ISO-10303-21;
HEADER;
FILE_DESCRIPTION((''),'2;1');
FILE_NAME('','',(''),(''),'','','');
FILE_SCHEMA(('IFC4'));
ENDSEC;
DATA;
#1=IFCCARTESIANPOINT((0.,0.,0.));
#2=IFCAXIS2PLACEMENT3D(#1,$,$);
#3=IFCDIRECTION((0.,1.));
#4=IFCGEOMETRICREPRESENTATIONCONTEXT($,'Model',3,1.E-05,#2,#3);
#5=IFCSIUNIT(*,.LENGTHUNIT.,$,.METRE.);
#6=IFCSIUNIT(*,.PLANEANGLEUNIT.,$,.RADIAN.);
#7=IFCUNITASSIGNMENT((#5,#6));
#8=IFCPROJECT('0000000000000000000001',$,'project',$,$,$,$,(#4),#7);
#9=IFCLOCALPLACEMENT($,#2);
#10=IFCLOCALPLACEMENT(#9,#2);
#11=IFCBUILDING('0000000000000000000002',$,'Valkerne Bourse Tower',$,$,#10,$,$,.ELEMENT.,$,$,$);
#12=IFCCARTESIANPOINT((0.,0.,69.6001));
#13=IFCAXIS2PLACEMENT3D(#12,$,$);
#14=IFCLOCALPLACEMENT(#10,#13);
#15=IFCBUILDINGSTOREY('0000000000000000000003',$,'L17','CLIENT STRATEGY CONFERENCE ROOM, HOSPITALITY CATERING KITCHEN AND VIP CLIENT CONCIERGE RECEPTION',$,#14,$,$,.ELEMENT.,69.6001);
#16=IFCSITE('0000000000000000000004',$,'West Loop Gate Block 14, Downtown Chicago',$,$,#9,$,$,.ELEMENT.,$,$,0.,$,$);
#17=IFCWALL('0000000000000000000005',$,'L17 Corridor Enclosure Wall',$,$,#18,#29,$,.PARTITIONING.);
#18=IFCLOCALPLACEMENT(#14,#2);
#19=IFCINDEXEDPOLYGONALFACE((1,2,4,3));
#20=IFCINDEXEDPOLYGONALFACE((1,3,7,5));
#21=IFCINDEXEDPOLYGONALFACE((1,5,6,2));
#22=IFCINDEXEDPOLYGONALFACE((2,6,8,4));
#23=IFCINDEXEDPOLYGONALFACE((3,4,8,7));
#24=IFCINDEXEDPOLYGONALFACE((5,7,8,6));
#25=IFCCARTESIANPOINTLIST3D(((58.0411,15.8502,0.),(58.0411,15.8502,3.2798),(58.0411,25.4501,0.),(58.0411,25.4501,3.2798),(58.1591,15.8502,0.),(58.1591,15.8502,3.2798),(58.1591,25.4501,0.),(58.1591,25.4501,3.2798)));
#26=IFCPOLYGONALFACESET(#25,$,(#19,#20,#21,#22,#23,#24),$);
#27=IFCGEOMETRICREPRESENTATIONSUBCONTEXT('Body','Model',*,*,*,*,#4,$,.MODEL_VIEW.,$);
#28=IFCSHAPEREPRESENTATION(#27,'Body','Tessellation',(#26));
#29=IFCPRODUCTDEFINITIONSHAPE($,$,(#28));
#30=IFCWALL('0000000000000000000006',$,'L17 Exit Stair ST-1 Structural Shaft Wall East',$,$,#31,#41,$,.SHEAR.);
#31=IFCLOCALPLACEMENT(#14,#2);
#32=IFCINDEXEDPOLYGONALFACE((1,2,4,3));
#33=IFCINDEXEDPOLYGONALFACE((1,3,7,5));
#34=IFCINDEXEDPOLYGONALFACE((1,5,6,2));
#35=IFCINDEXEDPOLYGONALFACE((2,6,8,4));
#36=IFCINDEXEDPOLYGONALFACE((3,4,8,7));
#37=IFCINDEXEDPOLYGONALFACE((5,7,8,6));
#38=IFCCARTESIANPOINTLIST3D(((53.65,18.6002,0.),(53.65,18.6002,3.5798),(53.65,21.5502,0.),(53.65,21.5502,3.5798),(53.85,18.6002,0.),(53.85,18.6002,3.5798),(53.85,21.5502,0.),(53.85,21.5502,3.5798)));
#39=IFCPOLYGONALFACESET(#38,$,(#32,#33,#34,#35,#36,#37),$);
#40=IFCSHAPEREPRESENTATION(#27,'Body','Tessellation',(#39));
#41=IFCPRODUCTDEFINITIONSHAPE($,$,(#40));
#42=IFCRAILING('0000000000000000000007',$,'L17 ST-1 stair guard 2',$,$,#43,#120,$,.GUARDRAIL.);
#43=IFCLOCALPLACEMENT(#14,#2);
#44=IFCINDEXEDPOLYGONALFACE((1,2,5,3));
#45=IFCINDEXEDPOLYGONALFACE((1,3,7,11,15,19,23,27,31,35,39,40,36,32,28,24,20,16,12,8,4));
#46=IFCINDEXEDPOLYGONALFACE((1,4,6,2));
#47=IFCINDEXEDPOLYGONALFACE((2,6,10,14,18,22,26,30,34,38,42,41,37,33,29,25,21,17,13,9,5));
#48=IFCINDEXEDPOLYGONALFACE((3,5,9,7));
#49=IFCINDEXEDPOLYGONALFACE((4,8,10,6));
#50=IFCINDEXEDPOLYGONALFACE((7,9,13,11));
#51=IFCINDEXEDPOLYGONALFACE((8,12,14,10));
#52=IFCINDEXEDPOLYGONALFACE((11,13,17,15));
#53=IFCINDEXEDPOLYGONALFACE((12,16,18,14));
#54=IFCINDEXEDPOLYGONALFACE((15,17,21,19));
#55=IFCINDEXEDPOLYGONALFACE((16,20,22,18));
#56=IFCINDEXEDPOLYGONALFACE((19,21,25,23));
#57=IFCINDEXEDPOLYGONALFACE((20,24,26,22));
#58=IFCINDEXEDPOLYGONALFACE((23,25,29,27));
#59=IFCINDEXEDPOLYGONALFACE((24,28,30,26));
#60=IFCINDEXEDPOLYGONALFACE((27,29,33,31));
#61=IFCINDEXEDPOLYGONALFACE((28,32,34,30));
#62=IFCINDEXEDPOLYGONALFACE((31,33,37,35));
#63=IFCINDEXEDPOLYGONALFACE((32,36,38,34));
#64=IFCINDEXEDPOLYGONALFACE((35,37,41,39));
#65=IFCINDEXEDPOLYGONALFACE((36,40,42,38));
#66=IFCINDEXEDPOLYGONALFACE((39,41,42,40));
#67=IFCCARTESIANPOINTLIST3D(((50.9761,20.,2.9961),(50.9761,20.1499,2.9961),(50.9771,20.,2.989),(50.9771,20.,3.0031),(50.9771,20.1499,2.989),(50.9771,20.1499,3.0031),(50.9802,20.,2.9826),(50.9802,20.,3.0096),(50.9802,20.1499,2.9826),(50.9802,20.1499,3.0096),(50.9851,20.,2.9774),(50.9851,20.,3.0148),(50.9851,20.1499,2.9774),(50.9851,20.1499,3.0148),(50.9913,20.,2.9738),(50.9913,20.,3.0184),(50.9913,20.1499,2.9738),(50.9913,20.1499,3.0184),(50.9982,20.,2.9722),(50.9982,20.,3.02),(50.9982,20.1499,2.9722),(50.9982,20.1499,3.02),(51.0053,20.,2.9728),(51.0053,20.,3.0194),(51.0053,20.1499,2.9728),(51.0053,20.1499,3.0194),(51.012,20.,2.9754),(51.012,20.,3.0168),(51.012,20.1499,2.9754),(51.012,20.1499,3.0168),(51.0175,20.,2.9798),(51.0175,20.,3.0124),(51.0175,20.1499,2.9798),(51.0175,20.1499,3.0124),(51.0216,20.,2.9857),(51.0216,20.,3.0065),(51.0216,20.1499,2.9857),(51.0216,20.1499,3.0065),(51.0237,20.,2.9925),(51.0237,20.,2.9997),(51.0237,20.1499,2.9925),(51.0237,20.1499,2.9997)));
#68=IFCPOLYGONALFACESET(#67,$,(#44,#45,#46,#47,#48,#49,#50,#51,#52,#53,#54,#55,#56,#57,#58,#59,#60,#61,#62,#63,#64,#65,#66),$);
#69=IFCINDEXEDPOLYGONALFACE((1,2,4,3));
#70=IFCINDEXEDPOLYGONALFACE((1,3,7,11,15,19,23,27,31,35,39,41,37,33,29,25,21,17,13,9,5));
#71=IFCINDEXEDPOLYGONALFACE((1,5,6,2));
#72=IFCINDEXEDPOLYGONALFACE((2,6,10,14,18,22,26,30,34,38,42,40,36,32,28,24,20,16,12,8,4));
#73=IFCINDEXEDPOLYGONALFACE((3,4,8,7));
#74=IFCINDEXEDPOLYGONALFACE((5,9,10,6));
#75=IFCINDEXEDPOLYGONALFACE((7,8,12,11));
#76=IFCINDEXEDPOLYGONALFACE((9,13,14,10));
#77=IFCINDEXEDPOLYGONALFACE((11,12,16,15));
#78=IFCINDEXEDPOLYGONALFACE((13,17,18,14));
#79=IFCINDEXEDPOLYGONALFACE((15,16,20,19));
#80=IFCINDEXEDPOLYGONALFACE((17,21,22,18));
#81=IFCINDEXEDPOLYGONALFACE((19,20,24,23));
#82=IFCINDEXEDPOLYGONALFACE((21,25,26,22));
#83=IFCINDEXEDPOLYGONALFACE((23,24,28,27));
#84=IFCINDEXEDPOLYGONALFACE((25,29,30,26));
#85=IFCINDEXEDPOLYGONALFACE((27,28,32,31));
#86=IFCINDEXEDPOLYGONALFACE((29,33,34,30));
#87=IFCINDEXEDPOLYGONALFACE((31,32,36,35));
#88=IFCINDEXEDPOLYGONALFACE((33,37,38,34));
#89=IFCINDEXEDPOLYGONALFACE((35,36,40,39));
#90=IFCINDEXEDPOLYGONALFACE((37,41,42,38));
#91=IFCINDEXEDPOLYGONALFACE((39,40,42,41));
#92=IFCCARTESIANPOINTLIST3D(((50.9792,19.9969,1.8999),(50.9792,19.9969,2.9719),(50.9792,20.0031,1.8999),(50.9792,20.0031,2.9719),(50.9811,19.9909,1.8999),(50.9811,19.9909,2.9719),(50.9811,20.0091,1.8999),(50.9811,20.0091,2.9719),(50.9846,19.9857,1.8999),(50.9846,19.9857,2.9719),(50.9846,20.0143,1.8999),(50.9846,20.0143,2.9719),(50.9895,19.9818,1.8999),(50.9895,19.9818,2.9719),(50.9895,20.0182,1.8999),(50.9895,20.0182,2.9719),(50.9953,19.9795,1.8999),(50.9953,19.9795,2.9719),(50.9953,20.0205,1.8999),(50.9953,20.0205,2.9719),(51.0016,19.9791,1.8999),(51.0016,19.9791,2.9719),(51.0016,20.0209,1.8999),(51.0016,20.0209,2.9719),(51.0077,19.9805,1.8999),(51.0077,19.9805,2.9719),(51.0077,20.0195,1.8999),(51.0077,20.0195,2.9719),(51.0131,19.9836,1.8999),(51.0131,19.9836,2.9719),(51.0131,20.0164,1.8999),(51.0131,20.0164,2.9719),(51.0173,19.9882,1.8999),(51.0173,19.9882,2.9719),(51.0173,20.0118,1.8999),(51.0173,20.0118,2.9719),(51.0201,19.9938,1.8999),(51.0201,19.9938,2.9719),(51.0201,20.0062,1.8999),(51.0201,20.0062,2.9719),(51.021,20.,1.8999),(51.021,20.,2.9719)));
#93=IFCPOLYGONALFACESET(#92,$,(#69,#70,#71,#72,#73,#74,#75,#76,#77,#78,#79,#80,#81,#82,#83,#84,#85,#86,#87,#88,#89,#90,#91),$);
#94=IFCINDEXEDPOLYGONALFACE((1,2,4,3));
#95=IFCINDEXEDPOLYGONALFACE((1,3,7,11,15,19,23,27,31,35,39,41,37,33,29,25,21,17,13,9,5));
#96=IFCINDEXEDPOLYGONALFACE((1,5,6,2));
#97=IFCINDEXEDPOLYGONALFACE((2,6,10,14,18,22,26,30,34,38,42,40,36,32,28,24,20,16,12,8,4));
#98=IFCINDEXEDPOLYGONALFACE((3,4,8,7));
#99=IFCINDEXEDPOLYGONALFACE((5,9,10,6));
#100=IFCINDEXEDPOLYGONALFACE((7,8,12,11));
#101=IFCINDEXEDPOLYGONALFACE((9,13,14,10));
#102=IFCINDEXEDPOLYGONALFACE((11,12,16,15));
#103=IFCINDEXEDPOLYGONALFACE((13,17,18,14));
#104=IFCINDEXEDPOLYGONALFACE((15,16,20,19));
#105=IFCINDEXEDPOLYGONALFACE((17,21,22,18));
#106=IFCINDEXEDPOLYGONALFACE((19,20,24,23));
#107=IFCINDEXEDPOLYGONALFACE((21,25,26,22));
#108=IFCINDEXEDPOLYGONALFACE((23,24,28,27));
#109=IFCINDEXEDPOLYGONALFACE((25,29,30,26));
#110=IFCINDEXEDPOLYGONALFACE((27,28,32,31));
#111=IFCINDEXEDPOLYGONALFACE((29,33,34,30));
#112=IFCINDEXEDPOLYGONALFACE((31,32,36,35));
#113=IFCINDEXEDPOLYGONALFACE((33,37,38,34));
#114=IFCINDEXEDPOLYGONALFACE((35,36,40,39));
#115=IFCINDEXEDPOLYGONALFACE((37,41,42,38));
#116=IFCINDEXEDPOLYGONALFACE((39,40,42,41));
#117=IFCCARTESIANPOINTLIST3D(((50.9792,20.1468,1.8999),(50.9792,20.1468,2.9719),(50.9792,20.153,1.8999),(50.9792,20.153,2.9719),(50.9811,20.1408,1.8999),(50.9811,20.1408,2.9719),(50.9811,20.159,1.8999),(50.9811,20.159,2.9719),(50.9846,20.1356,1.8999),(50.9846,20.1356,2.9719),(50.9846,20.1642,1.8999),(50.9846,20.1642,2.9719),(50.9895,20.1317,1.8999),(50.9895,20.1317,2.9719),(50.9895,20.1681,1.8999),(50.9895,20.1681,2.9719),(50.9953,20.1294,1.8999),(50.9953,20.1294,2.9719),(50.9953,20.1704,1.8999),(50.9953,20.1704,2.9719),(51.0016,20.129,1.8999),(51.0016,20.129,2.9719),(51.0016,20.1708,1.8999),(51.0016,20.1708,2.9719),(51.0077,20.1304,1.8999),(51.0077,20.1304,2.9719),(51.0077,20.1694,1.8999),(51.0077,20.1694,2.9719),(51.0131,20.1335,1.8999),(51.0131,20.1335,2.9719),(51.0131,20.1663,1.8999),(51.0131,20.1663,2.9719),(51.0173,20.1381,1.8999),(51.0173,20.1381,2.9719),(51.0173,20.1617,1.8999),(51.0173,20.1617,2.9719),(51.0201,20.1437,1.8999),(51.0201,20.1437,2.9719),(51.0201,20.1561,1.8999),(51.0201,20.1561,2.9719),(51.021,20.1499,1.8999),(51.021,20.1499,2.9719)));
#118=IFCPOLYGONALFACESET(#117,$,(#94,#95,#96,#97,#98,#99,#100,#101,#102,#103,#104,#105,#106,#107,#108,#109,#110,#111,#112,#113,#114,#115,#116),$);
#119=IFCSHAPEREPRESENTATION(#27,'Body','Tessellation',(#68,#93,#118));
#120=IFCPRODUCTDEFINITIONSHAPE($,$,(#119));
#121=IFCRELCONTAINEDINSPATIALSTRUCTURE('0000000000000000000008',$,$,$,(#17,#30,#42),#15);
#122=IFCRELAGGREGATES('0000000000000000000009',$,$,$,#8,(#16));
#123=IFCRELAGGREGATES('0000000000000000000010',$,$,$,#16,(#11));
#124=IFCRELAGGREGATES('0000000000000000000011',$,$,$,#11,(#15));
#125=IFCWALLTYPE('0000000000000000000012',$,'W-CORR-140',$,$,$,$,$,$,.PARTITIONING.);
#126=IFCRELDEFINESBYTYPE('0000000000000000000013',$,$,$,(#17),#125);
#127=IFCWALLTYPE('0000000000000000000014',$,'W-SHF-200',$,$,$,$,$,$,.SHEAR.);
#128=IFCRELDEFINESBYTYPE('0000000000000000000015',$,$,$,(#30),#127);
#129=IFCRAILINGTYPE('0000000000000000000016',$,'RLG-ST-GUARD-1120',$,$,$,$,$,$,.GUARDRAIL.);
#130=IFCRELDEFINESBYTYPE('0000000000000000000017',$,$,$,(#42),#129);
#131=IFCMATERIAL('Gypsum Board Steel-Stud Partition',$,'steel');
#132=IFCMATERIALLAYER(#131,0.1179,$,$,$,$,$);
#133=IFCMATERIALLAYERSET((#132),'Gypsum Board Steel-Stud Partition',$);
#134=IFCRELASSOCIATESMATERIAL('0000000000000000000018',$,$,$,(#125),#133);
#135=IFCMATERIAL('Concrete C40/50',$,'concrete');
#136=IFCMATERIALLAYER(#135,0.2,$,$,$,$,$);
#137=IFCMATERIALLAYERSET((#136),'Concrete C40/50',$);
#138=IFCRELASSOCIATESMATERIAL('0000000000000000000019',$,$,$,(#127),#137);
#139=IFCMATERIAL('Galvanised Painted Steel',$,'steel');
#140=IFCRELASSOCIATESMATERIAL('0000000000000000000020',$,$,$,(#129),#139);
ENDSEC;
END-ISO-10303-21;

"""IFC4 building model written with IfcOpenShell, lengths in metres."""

from ifc_helpers import new_model, si_unit, direction, frame, frame_2d, origin, origin_2d, place, context, subcontext, project, spatial, rectangle, circle, extrude, material, layer, layer_set, type_object, element, save


model = new_model("IFC4")

# Units and contexts
model_context = context("Model", 3, precision=1e-05, world=origin(), true_north=direction((0.0, 1.0)))
body_context = subcontext(model_context, "Body", "Model", "MODEL_VIEW")
ifc_project = project(units=[si_unit("LENGTHUNIT", "METRE"), si_unit("PLANEANGLEUNIT", "RADIAN")], contexts=[model_context])

# Site, building, storey
site_placement = place(None, origin())
site = spatial("IfcSite", under=ifc_project, at=site_placement, Name="West Loop Gate Block 14, Downtown Chicago", CompositionType="ELEMENT", RefElevation=0.0)
building_placement = place(site_placement, origin())
building = spatial("IfcBuilding", under=site, at=building_placement, Name="Valkerne Bourse Tower", CompositionType="ELEMENT")
storey_placement = place(building_placement, frame((0.0, 0.0, 69.6001)))
storey = spatial("IfcBuildingStorey", under=building, at=storey_placement, Name="L17", Description="CLIENT STRATEGY CONFERENCE ROOM, HOSPITALITY CATERING KITCHEN AND VIP CLIENT CONCIERGE RECEPTION", CompositionType="ELEMENT", Elevation=69.6001)

# Shared definitions
ifc_material_1 = material(Name="Galvanised Painted Steel", Category="steel")

# Wall
ifc_material_2 = material(Name="Gypsum Board Steel-Stud Partition", Category="steel")
ifc_layer_1 = layer(ifc_material_2, 0.1179)
ifc_layer_set_1 = layer_set([ifc_layer_1], Name="Gypsum Board Steel-Stud Partition")
wall_type_1 = type_object("IfcWallType", Name="W-CORR-140", PredefinedType="PARTITIONING", material=ifc_layer_set_1)
wall_1_placement = place(storey_placement, frame((58.1001, 25.45, 0.0), z_axis=(0.0, 0.0, 1.0), x_axis=(0.0, -1.0, 0.0)))
element("IfcWall", 1, at=wall_1_placement, inside=storey, type_object=wall_type_1, Name="L17 Corridor Enclosure Wall", PredefinedType="PARTITIONING", context=body_context, shape_type="SweptSolid", body=[
    extrude(rectangle(XDim=9.5999, YDim=0.1179, at=frame_2d((4.7998, 0.0))), origin(), (0.0, 0.0, 1.0), 3.2798),
])

# Wall
ifc_material_3 = material(Name="Concrete C40/50", Category="concrete")
ifc_layer_2 = layer(ifc_material_3, 0.2)
ifc_layer_set_2 = layer_set([ifc_layer_2], Name="Concrete C40/50")
wall_type_2 = type_object("IfcWallType", Name="W-SHF-200", PredefinedType="SHEAR", material=ifc_layer_set_2)
wall_2_placement = place(storey_placement, frame((53.75, 18.6001, 0.0), z_axis=(0.0, 0.0, 1.0), x_axis=(0.0, 1.0, 0.0)))
element("IfcWall", 2, at=wall_2_placement, inside=storey, type_object=wall_type_2, Name="L17 Exit Stair ST-1 Structural Shaft Wall East", PredefinedType="SHEAR", context=body_context, shape_type="SweptSolid", body=[
    extrude(rectangle(XDim=2.95, YDim=0.2, at=frame_2d((1.4751, 0.0))), origin(), (0.0, 0.0, 1.0), 3.5798),
])

# Railing
railing_type_1 = type_object("IfcRailingType", Name="RLG-ST-GUARD-1120", PredefinedType="GUARDRAIL", material=ifc_material_1)
railing_1_placement = place(storey_placement, frame((51.0, 20.0, 1.8999)))
element("IfcRailing", 3, at=railing_1_placement, inside=storey, type_object=railing_type_1, Name="L17 ST-1 stair guard 2", PredefinedType="GUARDRAIL", context=body_context, shape_type="SweptSolid", body=[
    extrude(circle(Radius=0.0239, at=origin_2d()), frame((0.0, 0.0, 1.0962), z_axis=(0.0, 1.0, 0.0), x_axis=(-1.0, 0.0, 0.0)), (0.0, 0.0, 1.0), 0.1499),
    extrude(circle(Radius=0.021, at=origin_2d()), origin(), (0.0, 0.0, 1.0), 1.072),
    extrude(circle(Radius=0.021, at=origin_2d()), frame((0.0, 0.1499, 0.0)), (0.0, 0.0, 1.0), 1.072),
])

save(model, "model.ifc")
